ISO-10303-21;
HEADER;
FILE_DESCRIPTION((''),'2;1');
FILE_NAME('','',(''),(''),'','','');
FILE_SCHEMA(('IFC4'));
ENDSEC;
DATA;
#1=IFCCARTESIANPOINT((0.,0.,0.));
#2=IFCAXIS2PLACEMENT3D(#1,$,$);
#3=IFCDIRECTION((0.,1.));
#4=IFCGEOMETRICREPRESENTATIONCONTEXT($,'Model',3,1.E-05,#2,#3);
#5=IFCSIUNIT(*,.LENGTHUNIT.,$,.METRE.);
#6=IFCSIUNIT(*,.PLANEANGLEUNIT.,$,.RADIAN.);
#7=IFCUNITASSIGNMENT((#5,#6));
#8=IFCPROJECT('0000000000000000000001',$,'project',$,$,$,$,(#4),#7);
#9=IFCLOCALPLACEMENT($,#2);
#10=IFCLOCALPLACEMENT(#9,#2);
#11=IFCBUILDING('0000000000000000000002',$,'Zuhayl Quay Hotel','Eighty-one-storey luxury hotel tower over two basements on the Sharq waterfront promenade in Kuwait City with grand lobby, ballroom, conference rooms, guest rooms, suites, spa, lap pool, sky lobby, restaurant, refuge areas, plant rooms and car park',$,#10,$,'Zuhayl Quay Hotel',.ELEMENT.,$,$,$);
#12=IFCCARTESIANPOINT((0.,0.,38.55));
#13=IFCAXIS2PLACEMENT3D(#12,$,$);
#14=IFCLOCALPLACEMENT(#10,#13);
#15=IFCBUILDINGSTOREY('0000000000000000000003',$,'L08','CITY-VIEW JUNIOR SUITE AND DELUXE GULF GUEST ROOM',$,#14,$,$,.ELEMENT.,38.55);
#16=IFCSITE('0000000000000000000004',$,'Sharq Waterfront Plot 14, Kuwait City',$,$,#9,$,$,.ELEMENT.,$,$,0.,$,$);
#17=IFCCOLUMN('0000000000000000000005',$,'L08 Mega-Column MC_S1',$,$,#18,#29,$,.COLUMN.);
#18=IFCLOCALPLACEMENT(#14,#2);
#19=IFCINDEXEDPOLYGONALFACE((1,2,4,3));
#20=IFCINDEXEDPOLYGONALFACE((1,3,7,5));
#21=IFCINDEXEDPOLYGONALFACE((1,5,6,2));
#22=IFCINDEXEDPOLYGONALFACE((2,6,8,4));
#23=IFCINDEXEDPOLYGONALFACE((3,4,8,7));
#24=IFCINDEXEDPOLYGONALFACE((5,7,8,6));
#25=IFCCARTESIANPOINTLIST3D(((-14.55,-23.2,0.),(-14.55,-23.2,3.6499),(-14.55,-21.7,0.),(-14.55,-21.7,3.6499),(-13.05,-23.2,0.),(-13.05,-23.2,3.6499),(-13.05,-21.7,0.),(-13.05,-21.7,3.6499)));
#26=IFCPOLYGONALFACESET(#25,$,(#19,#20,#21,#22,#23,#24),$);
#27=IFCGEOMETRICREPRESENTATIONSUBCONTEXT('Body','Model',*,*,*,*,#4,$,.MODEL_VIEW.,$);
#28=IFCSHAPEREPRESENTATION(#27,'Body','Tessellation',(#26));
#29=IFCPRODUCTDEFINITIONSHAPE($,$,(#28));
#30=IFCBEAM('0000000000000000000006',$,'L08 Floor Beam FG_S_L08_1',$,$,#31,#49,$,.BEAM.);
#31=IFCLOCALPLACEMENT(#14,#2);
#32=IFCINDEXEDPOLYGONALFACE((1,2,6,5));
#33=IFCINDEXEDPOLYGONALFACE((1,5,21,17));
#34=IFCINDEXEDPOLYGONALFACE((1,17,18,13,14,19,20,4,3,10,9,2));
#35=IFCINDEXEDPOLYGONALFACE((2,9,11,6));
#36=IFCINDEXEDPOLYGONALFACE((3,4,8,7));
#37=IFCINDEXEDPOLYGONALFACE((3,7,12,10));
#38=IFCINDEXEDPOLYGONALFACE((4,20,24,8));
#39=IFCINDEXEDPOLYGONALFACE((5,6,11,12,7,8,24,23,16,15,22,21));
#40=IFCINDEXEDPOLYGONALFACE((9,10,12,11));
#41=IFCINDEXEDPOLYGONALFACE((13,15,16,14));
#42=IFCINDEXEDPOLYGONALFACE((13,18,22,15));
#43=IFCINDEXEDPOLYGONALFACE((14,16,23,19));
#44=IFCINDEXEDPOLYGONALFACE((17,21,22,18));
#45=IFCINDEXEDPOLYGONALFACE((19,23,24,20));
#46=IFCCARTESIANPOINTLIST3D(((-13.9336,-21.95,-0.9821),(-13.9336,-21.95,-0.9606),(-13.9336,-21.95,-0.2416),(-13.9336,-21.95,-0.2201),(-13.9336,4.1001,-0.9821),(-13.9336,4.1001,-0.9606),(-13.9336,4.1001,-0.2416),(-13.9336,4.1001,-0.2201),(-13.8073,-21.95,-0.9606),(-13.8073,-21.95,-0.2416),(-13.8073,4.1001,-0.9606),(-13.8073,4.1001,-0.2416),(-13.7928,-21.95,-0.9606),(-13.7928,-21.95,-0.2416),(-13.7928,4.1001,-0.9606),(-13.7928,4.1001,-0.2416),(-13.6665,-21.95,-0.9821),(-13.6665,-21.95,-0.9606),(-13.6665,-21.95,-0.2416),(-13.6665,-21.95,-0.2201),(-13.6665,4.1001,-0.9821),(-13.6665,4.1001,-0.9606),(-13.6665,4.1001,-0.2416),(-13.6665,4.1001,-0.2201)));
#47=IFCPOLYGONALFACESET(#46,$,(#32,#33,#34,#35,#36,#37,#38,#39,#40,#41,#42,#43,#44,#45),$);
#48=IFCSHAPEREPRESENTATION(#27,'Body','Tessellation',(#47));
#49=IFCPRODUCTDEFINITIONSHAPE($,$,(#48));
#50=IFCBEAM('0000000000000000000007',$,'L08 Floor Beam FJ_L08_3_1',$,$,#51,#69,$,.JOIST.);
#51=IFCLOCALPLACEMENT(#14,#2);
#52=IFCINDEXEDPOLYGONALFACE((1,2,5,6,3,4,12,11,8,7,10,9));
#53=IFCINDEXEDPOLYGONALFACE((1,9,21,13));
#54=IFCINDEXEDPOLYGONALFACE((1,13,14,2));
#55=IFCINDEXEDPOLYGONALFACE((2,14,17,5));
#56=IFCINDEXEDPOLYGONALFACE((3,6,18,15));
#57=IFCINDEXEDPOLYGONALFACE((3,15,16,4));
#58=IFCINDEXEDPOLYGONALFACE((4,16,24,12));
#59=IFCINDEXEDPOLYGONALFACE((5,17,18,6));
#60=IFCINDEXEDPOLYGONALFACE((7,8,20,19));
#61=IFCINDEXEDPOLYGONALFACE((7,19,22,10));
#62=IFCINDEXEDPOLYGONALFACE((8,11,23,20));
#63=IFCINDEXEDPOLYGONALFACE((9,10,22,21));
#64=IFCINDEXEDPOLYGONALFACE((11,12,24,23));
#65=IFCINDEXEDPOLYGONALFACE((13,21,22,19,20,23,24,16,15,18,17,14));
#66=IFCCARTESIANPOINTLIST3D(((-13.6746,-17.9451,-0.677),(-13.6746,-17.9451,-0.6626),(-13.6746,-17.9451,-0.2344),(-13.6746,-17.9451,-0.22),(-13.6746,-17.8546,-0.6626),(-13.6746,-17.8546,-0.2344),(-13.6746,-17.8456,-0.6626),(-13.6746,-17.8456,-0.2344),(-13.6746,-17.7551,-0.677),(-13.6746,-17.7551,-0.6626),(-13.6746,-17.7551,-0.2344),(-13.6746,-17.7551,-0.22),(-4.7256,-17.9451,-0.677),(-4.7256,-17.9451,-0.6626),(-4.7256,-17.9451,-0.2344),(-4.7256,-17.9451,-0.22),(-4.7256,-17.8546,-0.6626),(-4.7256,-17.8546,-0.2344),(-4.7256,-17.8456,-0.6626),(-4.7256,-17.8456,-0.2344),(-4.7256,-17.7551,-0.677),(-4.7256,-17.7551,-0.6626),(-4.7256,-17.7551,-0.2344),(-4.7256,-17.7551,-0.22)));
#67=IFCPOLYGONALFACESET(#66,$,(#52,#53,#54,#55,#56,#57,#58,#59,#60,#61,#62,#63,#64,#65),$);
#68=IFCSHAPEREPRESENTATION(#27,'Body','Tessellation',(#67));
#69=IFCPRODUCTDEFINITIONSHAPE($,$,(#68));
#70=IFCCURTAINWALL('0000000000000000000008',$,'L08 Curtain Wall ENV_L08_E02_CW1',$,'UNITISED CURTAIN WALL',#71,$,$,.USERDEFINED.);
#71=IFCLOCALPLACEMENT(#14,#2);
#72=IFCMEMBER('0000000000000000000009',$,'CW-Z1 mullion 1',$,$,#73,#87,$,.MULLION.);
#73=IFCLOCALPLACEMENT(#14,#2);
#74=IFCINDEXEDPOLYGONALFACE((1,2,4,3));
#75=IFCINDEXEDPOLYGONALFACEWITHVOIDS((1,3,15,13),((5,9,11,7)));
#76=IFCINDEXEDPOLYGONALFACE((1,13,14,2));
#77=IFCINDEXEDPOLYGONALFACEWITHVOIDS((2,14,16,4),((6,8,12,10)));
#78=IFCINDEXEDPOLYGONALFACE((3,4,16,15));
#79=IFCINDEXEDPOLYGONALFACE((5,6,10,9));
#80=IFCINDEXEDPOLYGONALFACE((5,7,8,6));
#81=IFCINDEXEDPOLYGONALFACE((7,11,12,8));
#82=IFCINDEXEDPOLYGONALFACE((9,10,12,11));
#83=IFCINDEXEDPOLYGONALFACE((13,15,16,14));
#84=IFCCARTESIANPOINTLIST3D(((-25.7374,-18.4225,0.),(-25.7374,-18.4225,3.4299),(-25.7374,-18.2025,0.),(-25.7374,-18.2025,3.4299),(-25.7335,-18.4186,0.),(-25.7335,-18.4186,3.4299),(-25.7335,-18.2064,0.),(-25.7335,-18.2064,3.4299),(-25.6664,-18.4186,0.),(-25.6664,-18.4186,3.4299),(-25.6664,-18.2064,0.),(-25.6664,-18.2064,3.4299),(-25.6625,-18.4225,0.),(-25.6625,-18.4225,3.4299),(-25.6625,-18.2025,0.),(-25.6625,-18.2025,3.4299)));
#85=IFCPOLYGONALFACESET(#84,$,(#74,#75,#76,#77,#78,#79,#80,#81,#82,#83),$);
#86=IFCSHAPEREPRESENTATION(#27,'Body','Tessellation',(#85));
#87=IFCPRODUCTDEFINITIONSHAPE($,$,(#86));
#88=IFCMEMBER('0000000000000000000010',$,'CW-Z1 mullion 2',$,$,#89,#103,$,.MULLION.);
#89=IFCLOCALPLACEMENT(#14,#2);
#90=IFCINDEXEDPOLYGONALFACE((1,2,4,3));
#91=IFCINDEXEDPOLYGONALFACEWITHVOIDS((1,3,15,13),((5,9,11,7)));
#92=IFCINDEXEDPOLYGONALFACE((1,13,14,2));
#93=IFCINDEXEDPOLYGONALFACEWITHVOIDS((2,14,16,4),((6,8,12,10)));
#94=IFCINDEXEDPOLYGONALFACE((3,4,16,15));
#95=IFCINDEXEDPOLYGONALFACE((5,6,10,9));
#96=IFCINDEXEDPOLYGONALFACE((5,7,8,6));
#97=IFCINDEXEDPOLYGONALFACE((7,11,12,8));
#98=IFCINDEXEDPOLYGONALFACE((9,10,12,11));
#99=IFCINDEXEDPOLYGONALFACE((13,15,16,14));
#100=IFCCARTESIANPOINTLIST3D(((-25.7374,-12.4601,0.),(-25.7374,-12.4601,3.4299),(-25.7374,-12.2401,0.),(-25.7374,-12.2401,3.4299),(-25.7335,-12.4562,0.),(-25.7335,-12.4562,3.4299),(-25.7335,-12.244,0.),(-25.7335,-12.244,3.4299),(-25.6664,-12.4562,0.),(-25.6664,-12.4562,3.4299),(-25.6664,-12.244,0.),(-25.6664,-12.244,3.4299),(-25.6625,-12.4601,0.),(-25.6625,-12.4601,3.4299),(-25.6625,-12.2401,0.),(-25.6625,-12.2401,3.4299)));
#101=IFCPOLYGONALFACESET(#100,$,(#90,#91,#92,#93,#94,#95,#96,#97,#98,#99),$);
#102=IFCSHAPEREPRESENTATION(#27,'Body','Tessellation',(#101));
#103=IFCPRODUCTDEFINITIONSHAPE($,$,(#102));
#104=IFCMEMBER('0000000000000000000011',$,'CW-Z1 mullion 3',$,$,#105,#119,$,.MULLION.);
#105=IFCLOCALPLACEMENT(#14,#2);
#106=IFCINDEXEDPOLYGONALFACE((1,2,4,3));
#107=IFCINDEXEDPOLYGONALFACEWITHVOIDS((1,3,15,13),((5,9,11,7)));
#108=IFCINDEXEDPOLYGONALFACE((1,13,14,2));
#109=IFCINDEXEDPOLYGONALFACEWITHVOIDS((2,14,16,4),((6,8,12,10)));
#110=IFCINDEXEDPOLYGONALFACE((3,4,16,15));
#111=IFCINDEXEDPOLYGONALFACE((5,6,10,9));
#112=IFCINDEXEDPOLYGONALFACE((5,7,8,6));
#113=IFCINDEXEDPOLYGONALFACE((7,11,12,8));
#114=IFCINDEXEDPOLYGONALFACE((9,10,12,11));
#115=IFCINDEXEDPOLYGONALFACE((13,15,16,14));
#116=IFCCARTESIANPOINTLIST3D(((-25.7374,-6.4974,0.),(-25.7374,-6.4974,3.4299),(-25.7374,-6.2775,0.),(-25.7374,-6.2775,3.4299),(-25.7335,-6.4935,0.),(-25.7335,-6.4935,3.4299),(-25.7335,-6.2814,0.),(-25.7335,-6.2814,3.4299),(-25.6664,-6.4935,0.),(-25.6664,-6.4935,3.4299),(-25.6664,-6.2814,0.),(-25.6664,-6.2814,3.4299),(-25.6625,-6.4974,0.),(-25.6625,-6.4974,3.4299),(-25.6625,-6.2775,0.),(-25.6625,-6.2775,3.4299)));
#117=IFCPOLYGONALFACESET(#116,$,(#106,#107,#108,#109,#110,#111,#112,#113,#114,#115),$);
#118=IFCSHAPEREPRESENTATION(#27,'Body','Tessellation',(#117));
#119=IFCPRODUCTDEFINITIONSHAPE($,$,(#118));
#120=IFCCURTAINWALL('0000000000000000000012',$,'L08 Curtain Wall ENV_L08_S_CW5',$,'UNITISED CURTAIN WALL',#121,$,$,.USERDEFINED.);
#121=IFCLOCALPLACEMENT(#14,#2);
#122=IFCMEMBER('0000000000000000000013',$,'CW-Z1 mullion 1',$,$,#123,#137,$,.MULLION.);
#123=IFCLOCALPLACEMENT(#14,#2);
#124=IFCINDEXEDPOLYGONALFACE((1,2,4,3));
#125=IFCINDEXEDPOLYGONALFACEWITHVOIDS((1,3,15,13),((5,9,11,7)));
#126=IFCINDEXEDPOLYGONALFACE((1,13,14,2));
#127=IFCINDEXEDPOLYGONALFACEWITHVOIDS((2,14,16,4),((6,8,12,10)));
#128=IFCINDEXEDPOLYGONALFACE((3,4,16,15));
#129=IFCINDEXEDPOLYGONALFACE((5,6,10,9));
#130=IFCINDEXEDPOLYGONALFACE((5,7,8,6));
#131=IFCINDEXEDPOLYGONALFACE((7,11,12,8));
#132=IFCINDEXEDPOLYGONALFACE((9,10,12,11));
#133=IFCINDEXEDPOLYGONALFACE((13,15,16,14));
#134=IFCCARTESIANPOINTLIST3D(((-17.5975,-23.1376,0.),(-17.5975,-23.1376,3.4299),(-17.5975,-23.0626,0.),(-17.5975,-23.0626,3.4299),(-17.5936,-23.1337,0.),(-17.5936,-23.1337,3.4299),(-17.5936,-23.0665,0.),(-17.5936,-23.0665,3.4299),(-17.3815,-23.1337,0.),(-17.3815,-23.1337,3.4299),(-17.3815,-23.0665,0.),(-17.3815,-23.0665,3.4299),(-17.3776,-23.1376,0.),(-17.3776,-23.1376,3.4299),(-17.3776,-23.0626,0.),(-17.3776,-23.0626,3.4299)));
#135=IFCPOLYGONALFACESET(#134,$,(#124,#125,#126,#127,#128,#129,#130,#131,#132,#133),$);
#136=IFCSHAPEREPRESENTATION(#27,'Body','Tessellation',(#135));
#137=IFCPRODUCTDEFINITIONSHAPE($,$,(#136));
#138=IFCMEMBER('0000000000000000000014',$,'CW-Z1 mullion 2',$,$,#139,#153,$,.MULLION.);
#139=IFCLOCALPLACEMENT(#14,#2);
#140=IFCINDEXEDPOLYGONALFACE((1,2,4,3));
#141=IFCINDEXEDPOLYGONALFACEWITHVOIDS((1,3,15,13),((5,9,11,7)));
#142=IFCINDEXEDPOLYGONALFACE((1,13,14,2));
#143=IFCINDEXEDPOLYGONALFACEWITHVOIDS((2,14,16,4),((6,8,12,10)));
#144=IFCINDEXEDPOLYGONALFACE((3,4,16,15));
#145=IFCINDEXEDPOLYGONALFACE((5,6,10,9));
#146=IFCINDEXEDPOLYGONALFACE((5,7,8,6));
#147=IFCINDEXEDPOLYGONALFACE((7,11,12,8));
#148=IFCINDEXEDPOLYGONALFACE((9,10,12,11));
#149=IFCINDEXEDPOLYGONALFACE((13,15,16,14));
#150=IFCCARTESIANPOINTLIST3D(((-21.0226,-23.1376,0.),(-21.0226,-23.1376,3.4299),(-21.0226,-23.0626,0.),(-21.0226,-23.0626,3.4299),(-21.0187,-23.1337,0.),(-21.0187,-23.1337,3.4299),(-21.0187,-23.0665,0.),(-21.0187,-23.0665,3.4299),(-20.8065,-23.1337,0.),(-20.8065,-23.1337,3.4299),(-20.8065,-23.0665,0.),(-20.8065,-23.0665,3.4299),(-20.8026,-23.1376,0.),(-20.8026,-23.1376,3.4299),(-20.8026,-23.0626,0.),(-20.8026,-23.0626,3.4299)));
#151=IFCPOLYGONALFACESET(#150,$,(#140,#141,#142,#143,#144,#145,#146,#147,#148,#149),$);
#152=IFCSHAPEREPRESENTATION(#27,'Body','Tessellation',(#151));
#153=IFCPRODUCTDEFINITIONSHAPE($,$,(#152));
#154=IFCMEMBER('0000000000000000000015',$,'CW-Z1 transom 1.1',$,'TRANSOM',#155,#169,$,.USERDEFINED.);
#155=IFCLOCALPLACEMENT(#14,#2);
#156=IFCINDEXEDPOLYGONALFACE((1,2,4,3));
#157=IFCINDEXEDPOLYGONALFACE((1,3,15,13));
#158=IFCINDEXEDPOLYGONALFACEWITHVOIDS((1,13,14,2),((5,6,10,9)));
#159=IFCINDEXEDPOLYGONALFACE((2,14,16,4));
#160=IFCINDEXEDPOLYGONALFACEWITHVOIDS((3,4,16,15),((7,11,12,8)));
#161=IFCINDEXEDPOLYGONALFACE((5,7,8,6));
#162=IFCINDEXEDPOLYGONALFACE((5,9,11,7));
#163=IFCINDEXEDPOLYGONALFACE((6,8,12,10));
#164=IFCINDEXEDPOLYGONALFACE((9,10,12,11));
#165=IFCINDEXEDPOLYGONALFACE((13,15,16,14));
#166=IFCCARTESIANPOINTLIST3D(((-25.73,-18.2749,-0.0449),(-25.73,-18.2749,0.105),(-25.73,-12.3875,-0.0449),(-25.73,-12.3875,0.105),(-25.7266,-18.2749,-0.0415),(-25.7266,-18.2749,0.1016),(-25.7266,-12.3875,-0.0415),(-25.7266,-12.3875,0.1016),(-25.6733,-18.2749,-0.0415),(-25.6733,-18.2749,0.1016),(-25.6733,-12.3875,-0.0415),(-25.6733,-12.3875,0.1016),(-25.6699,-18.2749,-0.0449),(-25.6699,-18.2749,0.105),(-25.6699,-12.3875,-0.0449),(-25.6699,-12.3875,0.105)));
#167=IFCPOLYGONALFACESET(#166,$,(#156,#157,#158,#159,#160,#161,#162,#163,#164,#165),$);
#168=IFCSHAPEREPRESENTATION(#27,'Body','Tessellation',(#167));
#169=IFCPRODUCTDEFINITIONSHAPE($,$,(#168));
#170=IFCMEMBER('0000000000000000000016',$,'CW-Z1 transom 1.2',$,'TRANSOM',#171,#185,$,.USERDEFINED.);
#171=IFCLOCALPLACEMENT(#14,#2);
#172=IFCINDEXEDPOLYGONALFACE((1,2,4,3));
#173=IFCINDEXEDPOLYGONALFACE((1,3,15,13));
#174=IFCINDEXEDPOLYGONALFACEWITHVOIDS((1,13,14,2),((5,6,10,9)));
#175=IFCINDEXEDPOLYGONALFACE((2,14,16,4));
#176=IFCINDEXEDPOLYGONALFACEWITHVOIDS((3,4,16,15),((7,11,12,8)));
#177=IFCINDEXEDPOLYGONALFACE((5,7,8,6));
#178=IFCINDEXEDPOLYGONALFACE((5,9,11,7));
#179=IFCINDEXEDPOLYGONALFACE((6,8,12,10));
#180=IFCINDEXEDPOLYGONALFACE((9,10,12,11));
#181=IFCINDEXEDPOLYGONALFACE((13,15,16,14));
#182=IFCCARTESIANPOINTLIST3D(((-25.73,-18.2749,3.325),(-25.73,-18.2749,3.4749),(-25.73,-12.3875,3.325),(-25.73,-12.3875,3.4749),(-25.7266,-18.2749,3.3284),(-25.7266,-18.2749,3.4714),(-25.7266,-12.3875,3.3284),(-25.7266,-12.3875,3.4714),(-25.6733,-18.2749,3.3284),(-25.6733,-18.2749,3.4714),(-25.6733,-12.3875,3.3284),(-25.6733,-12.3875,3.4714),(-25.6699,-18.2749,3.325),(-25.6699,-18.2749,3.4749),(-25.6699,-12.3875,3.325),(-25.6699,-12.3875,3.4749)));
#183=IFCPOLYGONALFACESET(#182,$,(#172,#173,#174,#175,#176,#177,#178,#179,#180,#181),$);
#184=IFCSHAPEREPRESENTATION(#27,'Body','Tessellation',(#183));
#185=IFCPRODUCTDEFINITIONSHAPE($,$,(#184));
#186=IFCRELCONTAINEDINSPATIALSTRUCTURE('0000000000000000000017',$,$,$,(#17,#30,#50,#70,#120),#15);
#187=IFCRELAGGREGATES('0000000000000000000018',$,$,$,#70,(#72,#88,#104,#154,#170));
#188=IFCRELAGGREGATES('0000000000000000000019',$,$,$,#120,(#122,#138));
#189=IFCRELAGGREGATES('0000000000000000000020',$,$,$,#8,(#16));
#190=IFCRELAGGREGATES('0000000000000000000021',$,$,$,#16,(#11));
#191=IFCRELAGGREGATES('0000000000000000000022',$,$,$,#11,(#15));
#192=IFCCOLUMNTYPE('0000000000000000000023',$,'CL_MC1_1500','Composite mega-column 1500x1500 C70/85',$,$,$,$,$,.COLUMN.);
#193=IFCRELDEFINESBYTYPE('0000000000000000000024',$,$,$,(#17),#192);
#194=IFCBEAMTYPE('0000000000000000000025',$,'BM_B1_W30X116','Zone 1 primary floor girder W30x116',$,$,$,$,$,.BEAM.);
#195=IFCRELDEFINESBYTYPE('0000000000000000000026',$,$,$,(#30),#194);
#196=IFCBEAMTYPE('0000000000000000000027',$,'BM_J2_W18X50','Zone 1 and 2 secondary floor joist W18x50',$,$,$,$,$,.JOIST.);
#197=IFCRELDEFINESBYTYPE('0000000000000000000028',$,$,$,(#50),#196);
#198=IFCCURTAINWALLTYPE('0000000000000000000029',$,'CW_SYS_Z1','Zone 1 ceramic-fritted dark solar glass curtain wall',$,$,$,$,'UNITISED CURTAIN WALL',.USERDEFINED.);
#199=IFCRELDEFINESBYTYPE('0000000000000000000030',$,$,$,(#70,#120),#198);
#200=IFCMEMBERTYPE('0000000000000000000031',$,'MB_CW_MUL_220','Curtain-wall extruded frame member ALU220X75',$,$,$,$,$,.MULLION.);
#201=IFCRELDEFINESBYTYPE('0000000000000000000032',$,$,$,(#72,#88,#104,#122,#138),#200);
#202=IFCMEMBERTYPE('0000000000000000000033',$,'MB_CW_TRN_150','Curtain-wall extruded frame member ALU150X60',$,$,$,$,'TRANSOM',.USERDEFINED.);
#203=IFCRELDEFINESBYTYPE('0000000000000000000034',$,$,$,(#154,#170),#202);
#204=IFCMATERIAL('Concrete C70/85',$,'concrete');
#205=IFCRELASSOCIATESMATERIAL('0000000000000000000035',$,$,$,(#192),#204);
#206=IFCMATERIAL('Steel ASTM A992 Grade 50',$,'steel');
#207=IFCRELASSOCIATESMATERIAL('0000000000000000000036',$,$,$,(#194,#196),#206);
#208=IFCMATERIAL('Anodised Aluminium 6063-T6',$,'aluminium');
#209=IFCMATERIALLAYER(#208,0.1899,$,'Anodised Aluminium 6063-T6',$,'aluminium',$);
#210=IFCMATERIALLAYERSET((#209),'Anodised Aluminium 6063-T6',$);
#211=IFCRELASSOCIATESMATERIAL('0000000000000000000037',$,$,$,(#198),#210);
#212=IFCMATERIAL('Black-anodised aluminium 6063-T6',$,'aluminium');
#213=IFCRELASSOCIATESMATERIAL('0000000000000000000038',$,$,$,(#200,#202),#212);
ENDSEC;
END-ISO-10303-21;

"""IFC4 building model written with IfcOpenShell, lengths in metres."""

from ifc_helpers import new_model, si_unit, direction, frame, origin, origin_2d, place, context, subcontext, project, spatial, rectangle, hollow_rectangle, i_section, extrude, material, layer, layer_set, material_profile, profile_set, type_object, element, aggregate, save


model = new_model("IFC4")

# Units and contexts
model_context = context("Model", 3, precision=1e-05, world=origin(), true_north=direction((0.0, 1.0)))
body_context = subcontext(model_context, "Body", "Model", "MODEL_VIEW")
ifc_project = project(units=[si_unit("LENGTHUNIT", "METRE"), si_unit("PLANEANGLEUNIT", "RADIAN")], contexts=[model_context])

# Site, building, storey
site_placement = place(None, origin())
site = spatial("IfcSite", under=ifc_project, at=site_placement, Name="Sharq Waterfront Plot 14, Kuwait City", CompositionType="ELEMENT", RefElevation=0.0)
building_placement = place(site_placement, origin())
building = spatial("IfcBuilding", under=site, at=building_placement, Name="Zuhayl Quay Hotel", Description="Eighty-one-storey luxury hotel tower over two basements on the Sharq waterfront promenade in Kuwait City with grand lobby, ballroom, conference rooms, guest rooms, suites, spa, lap pool, sky lobby, restaurant, refuge areas, plant rooms and car park", LongName="Zuhayl Quay Hotel", CompositionType="ELEMENT")
storey_placement = place(building_placement, frame((0.0, 0.0, 38.55)))
storey = spatial("IfcBuildingStorey", under=building, at=storey_placement, Name="L08", Description="CITY-VIEW JUNIOR SUITE AND DELUXE GULF GUEST ROOM", CompositionType="ELEMENT", Elevation=38.55)

# Column
ifc_material_1 = material(Name="Concrete C70/85", Category="concrete")
ifc_material_profile_1 = material_profile(ifc_material_1, rectangle(XDim=1.5, YDim=1.5, at=origin_2d()), Name="RC1500X1500")
ifc_profile_set_1 = profile_set([ifc_material_profile_1], Name="Concrete C70/85")
column_type = type_object("IfcColumnType", Name="CL_MC1_1500", Description="Composite mega-column 1500x1500 C70/85", PredefinedType="COLUMN", material=ifc_profile_set_1)
column_placement = place(storey_placement, frame((-13.8, -22.45, 0.0), z_axis=(0.0, 0.0, 1.0), x_axis=(1.0, 0.0, 0.0)))
element("IfcColumn", 1, at=column_placement, inside=storey, type_object=column_type, Name="L08 Mega-Column MC_S1", PredefinedType="COLUMN", context=body_context, shape_type="SweptSolid", body=[
    extrude(rectangle(XDim=1.5, YDim=1.5, at=origin_2d()), origin(), (0.0, 0.0, 1.0), 3.6499),
])

# Beams
ifc_material_2 = material(Name="Steel ASTM A992 Grade 50", Category="steel")
ifc_material_profile_2 = material_profile(ifc_material_2, i_section(OverallWidth=0.2671, OverallDepth=0.762, WebThickness=0.0144, FlangeThickness=0.0215, at=origin_2d()), Name="W30X116")
ifc_profile_set_2 = profile_set([ifc_material_profile_2], Name="Steel ASTM A992 Grade 50")
beam_type_1 = type_object("IfcBeamType", Name="BM_B1_W30X116", Description="Zone 1 primary floor girder W30x116", PredefinedType="BEAM", material=ifc_profile_set_2)
beam_1_placement = place(storey_placement, frame((-13.8, -21.95, -0.6011), z_axis=(0.0, 1.0, 0.0), x_axis=(-1.0, 0.0, 0.0)))
element("IfcBeam", 2, at=beam_1_placement, inside=storey, type_object=beam_type_1, Name="L08 Floor Beam FG_S_L08_1", PredefinedType="BEAM", context=body_context, shape_type="SweptSolid", body=[
    extrude(i_section(OverallWidth=0.2671, OverallDepth=0.762, WebThickness=0.0144, FlangeThickness=0.0215, at=origin_2d()), origin(), (0.0, 0.0, 1.0), 26.05),
])
ifc_material_profile_3 = material_profile(ifc_material_2, i_section(OverallWidth=0.1899, OverallDepth=0.457, WebThickness=0.009, FlangeThickness=0.0144, at=origin_2d()), Name="W18X50")
ifc_profile_set_3 = profile_set([ifc_material_profile_3], Name="Steel ASTM A992 Grade 50")
beam_type_2 = type_object("IfcBeamType", Name="BM_J2_W18X50", Description="Zone 1 and 2 secondary floor joist W18x50", PredefinedType="JOIST", material=ifc_profile_set_3)
beam_2_placement = place(storey_placement, frame((-13.6746, -17.8501, -0.4485), z_axis=(1.0, 0.0, 0.0), x_axis=(0.0, 1.0, 0.0)))
element("IfcBeam", 3, at=beam_2_placement, inside=storey, type_object=beam_type_2, Name="L08 Floor Beam FJ_L08_3_1", PredefinedType="JOIST", context=body_context, shape_type="SweptSolid", body=[
    extrude(i_section(OverallWidth=0.1899, OverallDepth=0.457, WebThickness=0.009, FlangeThickness=0.0144, at=origin_2d()), origin(), (0.0, 0.0, 1.0), 8.949),
])

# Curtain walls, members
ifc_material_3 = material(Name="Anodised Aluminium 6063-T6", Category="aluminium")
ifc_layer_1 = layer(ifc_material_3, 0.1899, Name="Anodised Aluminium 6063-T6", Category="aluminium")
ifc_layer_set_1 = layer_set([ifc_layer_1], Name="Anodised Aluminium 6063-T6")
curtain_wall_type = type_object("IfcCurtainWallType", Name="CW_SYS_Z1", Description="Zone 1 ceramic-fritted dark solar glass curtain wall", ElementType="UNITISED CURTAIN WALL", PredefinedType="USERDEFINED", material=ifc_layer_set_1)
curtain_wall_1_placement = place(storey_placement, origin())
curtain_wall_1 = element("IfcCurtainWall", 4, at=curtain_wall_1_placement, inside=storey, type_object=curtain_wall_type, Name="L08 Curtain Wall ENV_L08_E02_CW1", ObjectType="UNITISED CURTAIN WALL", PredefinedType="USERDEFINED")
ifc_material_4 = material(Name="Black-anodised aluminium 6063-T6", Category="aluminium")
ifc_material_profile_4 = material_profile(ifc_material_4, hollow_rectangle(XDim=0.075, YDim=0.22, WallThickness=0.0039, at=origin_2d()), Name="ALU220X75")
ifc_profile_set_4 = profile_set([ifc_material_profile_4], Name="Black-anodised aluminium 6063-T6")
member_type_1 = type_object("IfcMemberType", Name="MB_CW_MUL_220", Description="Curtain-wall extruded frame member ALU220X75", PredefinedType="MULLION", material=ifc_profile_set_4)
member_1_placement = place(storey_placement, frame((-25.7, -18.3125, 0.0), z_axis=(0.0, 0.0, 1.0), x_axis=(-1.0, 0.0, 0.0)))
member_1 = element("IfcMember", 5, at=member_1_placement, type_object=member_type_1, Name="CW-Z1 mullion 1", PredefinedType="MULLION", context=body_context, shape_type="SweptSolid", body=[
    extrude(hollow_rectangle(XDim=0.075, YDim=0.22, WallThickness=0.0039, at=origin_2d()), origin(), (0.0, 0.0, 1.0), 3.4299),
])
member_2_placement = place(storey_placement, frame((-25.7, -12.3501, 0.0), z_axis=(0.0, 0.0, 1.0), x_axis=(-1.0, 0.0, 0.0)))
member_2 = element("IfcMember", 6, at=member_2_placement, type_object=member_type_1, Name="CW-Z1 mullion 2", PredefinedType="MULLION", context=body_context, shape_type="SweptSolid", body=[
    extrude(hollow_rectangle(XDim=0.075, YDim=0.22, WallThickness=0.0039, at=origin_2d()), origin(), (0.0, 0.0, 1.0), 3.4299),
])
member_3_placement = place(storey_placement, frame((-25.7, -6.3875, 0.0), z_axis=(0.0, 0.0, 1.0), x_axis=(-1.0, 0.0, 0.0)))
member_3 = element("IfcMember", 7, at=member_3_placement, type_object=member_type_1, Name="CW-Z1 mullion 3", PredefinedType="MULLION", context=body_context, shape_type="SweptSolid", body=[
    extrude(hollow_rectangle(XDim=0.075, YDim=0.22, WallThickness=0.0039, at=origin_2d()), origin(), (0.0, 0.0, 1.0), 3.4299),
])
curtain_wall_2_placement = place(storey_placement, origin())
curtain_wall_2 = element("IfcCurtainWall", 8, at=curtain_wall_2_placement, inside=storey, type_object=curtain_wall_type, Name="L08 Curtain Wall ENV_L08_S_CW5", ObjectType="UNITISED CURTAIN WALL", PredefinedType="USERDEFINED")
member_4_placement = place(storey_placement, frame((-17.4875, -23.1001, 0.0), z_axis=(0.0, 0.0, 1.0), x_axis=(0.0, -1.0, 0.0)))
member_4 = element("IfcMember", 9, at=member_4_placement, type_object=member_type_1, Name="CW-Z1 mullion 1", PredefinedType="MULLION", context=body_context, shape_type="SweptSolid", body=[
    extrude(hollow_rectangle(XDim=0.075, YDim=0.22, WallThickness=0.0039, at=origin_2d()), origin(), (0.0, 0.0, 1.0), 3.4299),
])
member_5_placement = place(storey_placement, frame((-20.9126, -23.1001, 0.0), z_axis=(0.0, 0.0, 1.0), x_axis=(0.0, -1.0, 0.0)))
member_5 = element("IfcMember", 10, at=member_5_placement, type_object=member_type_1, Name="CW-Z1 mullion 2", PredefinedType="MULLION", context=body_context, shape_type="SweptSolid", body=[
    extrude(hollow_rectangle(XDim=0.075, YDim=0.22, WallThickness=0.0039, at=origin_2d()), origin(), (0.0, 0.0, 1.0), 3.4299),
])

# Members
ifc_material_profile_5 = material_profile(ifc_material_4, hollow_rectangle(XDim=0.0601, YDim=0.1499, WallThickness=0.0034, at=origin_2d()), Name="ALU150X60")
ifc_profile_set_5 = profile_set([ifc_material_profile_5], Name="Black-anodised aluminium 6063-T6")
member_type_2 = type_object("IfcMemberType", Name="MB_CW_TRN_150", Description="Curtain-wall extruded frame member ALU150X60", ElementType="TRANSOM", PredefinedType="USERDEFINED", material=ifc_profile_set_5)
member_6_placement = place(storey_placement, frame((-25.7, -18.2749, 0.03), z_axis=(0.0, 1.0, 0.0), x_axis=(-1.0, 0.0, 0.0)))
member_6 = element("IfcMember", 11, at=member_6_placement, type_object=member_type_2, Name="CW-Z1 transom 1.1", ObjectType="TRANSOM", PredefinedType="USERDEFINED", context=body_context, shape_type="SweptSolid", body=[
    extrude(hollow_rectangle(XDim=0.0601, YDim=0.1499, WallThickness=0.0034, at=origin_2d()), origin(), (0.0, 0.0, 1.0), 5.8875),
])
member_7_placement = place(storey_placement, frame((-25.7, -18.2749, 3.3999), z_axis=(0.0, 1.0, 0.0), x_axis=(-1.0, 0.0, 0.0)))
member_7 = element("IfcMember", 12, at=member_7_placement, type_object=member_type_2, Name="CW-Z1 transom 1.2", ObjectType="TRANSOM", PredefinedType="USERDEFINED", context=body_context, shape_type="SweptSolid", body=[
    extrude(hollow_rectangle(XDim=0.0601, YDim=0.1499, WallThickness=0.0034, at=origin_2d()), origin(), (0.0, 0.0, 1.0), 5.8875),
])

aggregate(curtain_wall_1, [member_1, member_2, member_3, member_6, member_7])
aggregate(curtain_wall_2, [member_4, member_5])

save(model, "model.ifc")
